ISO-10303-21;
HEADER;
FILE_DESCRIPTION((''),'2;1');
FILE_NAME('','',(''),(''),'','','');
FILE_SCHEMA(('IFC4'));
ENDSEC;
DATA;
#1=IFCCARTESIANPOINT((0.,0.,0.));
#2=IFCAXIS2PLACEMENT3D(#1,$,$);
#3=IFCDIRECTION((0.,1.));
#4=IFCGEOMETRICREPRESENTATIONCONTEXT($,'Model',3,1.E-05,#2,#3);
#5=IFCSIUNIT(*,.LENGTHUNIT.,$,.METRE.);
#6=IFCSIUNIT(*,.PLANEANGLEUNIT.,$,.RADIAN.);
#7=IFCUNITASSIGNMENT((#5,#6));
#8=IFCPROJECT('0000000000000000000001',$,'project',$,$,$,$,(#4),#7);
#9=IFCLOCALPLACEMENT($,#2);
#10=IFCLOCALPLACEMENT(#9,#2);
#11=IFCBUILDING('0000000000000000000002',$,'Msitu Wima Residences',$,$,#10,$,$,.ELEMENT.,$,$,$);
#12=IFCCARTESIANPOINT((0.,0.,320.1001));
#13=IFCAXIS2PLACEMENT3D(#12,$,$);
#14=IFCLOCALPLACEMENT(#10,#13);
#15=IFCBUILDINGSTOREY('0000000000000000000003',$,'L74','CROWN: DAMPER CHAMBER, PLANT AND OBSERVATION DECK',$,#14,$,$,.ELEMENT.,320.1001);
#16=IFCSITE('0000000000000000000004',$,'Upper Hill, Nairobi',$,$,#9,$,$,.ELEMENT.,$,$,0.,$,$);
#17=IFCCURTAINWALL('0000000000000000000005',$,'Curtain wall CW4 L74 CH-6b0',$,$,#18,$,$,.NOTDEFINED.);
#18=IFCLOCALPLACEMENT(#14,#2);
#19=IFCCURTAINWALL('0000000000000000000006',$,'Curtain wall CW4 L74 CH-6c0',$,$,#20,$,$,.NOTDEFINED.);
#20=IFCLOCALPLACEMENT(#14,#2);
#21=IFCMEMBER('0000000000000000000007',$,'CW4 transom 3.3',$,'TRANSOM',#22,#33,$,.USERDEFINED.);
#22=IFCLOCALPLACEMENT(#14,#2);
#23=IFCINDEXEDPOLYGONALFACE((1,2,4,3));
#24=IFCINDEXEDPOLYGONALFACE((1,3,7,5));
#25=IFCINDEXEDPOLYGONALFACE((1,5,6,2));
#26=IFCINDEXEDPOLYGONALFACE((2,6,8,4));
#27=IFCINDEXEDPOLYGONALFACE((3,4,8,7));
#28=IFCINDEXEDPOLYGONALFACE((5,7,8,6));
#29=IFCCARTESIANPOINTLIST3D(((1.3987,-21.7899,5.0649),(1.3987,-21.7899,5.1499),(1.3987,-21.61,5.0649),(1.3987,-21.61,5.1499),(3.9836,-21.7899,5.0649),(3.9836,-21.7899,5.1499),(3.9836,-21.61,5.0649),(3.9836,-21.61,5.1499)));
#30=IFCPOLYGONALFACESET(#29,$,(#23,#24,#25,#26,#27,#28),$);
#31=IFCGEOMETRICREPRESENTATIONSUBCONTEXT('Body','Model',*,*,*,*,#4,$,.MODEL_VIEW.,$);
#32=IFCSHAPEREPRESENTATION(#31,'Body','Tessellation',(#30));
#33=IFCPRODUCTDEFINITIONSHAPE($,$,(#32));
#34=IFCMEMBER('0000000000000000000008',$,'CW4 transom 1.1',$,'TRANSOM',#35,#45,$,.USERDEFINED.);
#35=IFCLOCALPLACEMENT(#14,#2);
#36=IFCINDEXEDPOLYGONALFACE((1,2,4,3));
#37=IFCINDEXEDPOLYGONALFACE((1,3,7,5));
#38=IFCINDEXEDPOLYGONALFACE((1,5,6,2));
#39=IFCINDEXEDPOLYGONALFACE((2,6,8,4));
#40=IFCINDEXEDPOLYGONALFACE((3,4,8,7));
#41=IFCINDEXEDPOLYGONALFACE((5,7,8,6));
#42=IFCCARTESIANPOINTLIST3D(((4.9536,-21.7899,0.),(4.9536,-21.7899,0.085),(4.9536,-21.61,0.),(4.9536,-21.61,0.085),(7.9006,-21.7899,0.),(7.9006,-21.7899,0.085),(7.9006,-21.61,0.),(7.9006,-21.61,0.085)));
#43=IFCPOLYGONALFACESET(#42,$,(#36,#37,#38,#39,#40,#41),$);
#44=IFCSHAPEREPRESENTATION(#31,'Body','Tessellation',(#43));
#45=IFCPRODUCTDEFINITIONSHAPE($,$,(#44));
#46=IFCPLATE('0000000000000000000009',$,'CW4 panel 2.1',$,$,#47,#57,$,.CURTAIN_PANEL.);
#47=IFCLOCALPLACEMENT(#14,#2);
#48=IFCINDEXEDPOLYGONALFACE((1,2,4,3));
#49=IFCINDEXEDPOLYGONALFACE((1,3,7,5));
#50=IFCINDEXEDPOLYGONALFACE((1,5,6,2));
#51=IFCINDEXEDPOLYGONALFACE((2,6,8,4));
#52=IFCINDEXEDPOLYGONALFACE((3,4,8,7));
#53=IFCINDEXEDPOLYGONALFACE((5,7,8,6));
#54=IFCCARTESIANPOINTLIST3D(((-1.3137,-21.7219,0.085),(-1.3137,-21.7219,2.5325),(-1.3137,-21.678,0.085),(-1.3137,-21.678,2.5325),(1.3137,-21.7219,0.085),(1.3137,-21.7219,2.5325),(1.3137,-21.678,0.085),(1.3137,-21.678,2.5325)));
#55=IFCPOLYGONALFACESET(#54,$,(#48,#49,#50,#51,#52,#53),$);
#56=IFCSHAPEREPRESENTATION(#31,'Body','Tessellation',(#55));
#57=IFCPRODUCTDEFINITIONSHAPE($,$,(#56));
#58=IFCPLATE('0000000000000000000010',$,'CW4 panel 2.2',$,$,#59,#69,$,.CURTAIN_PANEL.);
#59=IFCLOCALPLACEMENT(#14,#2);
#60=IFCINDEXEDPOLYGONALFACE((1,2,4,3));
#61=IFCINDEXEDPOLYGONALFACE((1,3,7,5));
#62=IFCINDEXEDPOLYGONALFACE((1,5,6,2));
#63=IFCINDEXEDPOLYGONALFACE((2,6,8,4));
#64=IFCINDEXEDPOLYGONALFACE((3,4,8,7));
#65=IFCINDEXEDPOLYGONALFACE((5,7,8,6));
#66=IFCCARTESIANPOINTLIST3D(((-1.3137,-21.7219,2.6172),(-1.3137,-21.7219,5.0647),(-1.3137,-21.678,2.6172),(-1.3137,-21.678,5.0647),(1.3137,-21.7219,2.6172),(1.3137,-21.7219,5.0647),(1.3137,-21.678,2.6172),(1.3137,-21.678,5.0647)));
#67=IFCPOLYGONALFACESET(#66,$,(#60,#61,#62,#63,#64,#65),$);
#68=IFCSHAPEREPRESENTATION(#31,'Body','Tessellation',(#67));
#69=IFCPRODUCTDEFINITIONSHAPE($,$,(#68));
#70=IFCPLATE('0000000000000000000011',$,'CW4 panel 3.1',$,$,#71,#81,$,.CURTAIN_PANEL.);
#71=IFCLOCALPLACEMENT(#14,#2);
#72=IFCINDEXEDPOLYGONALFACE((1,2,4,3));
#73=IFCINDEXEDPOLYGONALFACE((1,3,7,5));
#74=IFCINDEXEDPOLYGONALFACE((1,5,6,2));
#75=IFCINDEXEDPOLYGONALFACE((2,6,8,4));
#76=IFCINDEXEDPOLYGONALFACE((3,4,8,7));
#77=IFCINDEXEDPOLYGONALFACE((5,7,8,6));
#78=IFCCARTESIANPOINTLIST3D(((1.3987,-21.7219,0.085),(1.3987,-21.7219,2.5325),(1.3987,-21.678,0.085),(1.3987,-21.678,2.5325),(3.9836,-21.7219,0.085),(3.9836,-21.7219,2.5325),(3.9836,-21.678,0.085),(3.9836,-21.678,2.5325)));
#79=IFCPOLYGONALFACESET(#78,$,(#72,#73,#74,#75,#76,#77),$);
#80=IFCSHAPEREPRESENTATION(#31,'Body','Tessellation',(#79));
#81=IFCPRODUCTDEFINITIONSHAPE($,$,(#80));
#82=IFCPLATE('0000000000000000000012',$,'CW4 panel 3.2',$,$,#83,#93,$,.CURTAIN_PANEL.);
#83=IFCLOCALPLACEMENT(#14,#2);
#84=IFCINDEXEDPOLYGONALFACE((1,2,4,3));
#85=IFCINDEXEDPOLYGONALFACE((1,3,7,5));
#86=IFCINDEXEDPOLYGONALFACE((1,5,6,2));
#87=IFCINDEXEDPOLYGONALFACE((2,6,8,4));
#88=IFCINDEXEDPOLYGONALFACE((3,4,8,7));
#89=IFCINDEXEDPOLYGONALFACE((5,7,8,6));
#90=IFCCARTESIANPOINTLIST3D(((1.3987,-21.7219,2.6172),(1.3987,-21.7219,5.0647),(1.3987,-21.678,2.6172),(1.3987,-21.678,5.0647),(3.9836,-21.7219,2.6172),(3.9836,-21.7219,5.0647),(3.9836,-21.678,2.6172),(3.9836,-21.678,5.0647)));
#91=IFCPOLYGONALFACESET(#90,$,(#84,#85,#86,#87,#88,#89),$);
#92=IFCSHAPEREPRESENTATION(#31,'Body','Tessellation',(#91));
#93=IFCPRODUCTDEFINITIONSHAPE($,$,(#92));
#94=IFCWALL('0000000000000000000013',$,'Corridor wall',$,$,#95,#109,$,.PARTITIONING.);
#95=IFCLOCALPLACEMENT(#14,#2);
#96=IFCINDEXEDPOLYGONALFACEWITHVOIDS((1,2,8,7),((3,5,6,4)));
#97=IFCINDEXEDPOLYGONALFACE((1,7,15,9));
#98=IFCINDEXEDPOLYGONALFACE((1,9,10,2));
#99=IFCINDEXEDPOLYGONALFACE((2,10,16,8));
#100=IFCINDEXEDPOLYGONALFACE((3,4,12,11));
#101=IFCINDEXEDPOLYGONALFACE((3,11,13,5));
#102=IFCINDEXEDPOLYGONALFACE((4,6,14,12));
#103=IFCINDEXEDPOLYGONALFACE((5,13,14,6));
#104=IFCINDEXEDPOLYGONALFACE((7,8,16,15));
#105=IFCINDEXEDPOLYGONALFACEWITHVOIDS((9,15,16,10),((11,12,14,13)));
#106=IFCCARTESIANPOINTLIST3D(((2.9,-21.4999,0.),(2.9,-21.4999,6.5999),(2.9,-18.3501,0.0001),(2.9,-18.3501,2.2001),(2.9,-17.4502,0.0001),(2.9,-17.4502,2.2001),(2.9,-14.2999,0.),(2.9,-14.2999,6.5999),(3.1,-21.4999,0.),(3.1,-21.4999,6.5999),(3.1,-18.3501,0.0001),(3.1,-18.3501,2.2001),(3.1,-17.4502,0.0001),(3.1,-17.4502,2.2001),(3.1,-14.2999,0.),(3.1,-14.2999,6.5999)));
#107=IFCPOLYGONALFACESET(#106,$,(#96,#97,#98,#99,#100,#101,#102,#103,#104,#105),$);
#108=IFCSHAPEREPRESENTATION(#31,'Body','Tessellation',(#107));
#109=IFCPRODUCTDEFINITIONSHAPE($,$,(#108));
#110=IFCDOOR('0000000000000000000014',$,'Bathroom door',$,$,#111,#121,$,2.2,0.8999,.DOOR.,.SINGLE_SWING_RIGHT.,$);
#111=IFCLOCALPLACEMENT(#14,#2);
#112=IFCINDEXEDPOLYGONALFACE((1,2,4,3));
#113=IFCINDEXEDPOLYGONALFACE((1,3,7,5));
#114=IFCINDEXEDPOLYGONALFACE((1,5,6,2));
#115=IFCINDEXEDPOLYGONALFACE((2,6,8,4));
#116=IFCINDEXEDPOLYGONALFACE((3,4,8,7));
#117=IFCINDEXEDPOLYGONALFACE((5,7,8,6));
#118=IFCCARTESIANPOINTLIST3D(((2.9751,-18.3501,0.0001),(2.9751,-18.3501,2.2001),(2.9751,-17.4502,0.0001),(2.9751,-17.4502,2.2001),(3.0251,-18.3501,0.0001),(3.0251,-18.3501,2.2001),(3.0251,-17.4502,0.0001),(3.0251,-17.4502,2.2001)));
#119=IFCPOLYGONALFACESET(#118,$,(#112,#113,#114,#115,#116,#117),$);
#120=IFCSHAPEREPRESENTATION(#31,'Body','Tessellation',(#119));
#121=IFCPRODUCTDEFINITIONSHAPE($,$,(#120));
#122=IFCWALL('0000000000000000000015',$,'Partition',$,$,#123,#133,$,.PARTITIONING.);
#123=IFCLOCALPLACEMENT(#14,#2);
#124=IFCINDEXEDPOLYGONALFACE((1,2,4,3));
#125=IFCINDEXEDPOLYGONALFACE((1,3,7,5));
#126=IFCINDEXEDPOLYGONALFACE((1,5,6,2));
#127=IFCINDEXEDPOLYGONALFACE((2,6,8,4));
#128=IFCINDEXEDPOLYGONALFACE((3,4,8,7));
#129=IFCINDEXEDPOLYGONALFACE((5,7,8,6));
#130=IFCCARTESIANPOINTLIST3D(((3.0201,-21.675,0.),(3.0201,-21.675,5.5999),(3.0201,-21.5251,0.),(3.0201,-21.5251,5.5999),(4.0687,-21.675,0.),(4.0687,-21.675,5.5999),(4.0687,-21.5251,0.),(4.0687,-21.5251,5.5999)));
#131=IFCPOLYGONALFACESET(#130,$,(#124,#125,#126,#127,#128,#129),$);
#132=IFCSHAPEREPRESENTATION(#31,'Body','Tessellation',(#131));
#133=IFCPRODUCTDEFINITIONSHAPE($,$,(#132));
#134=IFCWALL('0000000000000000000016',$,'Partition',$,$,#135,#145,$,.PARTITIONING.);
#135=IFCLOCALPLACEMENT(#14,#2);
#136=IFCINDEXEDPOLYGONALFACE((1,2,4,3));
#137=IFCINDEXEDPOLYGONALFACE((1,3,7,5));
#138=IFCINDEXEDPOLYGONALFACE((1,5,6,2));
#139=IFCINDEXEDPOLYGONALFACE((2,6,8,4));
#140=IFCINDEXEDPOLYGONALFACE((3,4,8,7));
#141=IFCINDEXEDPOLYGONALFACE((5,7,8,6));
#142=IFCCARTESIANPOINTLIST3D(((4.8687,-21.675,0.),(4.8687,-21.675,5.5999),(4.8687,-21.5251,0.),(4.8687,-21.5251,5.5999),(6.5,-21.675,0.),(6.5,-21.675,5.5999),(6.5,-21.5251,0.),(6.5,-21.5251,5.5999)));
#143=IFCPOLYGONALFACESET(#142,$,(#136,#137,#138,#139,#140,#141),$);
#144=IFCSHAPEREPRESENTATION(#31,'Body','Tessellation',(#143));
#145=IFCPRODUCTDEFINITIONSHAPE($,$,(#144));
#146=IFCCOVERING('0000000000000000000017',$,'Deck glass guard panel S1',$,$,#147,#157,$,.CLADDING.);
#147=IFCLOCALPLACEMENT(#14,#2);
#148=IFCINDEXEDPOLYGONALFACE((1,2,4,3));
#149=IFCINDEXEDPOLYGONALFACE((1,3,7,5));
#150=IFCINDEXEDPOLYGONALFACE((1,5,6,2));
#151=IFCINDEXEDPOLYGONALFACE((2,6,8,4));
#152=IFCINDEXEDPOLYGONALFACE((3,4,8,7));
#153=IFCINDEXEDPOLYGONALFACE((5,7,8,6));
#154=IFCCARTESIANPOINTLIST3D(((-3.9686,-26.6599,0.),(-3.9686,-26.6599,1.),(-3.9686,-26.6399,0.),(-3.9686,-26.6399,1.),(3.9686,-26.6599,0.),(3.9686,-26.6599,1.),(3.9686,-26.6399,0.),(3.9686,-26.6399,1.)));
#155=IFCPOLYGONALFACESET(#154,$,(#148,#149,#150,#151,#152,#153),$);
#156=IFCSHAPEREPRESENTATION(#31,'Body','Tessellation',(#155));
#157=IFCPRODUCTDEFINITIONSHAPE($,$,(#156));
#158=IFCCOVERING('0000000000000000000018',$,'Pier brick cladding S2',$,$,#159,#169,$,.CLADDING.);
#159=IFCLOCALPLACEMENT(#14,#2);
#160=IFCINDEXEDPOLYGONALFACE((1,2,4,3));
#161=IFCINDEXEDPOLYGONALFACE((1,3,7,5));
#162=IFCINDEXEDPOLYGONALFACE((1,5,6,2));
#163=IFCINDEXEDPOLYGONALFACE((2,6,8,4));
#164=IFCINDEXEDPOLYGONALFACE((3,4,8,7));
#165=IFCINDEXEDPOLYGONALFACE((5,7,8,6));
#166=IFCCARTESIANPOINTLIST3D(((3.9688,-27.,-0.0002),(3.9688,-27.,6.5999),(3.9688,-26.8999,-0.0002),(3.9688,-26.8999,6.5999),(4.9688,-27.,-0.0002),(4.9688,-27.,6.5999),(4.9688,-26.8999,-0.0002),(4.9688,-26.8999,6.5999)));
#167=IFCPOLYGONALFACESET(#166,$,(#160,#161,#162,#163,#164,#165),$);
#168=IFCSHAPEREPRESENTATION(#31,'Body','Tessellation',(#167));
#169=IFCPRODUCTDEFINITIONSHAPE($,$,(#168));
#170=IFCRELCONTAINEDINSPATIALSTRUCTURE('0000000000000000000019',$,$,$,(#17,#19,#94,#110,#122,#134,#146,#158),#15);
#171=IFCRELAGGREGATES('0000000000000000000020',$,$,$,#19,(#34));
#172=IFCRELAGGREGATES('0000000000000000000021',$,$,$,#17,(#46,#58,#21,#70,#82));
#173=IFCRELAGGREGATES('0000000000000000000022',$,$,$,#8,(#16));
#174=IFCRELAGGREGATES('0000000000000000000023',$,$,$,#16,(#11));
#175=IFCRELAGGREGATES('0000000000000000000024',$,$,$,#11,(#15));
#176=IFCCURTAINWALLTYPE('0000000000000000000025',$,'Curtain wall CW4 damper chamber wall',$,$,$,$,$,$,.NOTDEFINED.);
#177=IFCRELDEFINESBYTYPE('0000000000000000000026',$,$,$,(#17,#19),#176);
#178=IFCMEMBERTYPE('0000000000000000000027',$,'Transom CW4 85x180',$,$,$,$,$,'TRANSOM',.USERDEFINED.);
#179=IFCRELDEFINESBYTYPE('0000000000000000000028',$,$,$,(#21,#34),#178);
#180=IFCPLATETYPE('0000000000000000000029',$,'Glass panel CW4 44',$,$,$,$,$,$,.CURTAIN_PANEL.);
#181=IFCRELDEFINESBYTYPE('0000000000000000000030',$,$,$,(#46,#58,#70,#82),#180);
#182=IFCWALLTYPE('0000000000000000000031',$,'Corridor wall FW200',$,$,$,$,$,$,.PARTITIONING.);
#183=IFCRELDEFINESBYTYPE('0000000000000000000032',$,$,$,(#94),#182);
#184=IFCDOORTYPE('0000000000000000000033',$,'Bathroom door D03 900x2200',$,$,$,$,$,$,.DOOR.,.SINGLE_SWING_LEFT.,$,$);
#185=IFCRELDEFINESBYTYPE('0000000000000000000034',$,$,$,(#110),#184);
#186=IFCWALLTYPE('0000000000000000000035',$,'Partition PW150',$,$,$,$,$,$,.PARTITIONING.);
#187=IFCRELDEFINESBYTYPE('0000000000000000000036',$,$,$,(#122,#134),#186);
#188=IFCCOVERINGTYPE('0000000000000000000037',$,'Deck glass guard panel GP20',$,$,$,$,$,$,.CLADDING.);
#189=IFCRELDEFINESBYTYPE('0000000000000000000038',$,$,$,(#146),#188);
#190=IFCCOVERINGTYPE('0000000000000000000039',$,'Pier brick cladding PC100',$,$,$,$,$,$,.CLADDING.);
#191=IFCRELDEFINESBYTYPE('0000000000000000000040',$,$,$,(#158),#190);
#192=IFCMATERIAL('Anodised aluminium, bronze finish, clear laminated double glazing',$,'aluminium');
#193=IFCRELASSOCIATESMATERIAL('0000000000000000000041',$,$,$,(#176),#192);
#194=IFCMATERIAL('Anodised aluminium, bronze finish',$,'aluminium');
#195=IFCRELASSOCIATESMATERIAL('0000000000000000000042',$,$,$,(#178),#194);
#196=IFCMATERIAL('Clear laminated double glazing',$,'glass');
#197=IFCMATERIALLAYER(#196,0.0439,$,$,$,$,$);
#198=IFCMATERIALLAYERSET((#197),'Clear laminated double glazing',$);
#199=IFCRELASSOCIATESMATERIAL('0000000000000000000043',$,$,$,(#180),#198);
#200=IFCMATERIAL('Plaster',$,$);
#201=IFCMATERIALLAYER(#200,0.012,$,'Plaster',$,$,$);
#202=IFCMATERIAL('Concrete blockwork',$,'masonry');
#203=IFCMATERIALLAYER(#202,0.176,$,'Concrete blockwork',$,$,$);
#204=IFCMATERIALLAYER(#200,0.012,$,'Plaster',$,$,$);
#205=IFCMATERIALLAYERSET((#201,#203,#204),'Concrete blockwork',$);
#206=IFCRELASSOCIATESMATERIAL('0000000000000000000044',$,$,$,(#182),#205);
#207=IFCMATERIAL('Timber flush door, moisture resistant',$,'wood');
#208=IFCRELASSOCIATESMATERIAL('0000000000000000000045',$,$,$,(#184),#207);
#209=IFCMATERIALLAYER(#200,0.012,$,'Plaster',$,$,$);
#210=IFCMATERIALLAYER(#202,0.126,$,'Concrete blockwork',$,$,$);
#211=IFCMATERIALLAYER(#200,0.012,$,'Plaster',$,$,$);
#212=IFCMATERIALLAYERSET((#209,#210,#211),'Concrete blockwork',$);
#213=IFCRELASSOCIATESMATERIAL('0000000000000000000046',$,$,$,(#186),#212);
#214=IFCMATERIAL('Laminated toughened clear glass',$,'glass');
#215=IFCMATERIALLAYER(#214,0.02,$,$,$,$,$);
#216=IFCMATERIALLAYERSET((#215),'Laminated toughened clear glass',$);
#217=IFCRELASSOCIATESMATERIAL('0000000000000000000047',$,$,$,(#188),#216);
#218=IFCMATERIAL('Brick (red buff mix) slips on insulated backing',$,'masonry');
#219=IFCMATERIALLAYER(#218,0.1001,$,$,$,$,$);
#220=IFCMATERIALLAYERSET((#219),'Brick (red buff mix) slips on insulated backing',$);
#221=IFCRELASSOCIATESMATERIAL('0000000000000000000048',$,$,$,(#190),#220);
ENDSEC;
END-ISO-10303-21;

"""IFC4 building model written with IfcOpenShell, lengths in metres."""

from ifc_helpers import new_model, si_unit, direction, frame, frame_2d, origin, origin_2d, place, context, subcontext, project, spatial, rectangle, extrude, material, layer, layer_set, material_profile, profile_set, type_object, element, fill, aggregate, save


model = new_model("IFC4")

# Units and contexts
model_context = context("Model", 3, precision=1e-05, world=origin(), true_north=direction((0.0, 1.0)))
body_context = subcontext(model_context, "Body", "Model", "MODEL_VIEW")
ifc_project = project(units=[si_unit("LENGTHUNIT", "METRE"), si_unit("PLANEANGLEUNIT", "RADIAN")], contexts=[model_context])

# Site, building, storey
site_placement = place(None, origin())
site = spatial("IfcSite", under=ifc_project, at=site_placement, Name="Upper Hill, Nairobi", CompositionType="ELEMENT", RefElevation=0.0)
building_placement = place(site_placement, origin())
building = spatial("IfcBuilding", under=site, at=building_placement, Name="Msitu Wima Residences", CompositionType="ELEMENT")
storey_placement = place(building_placement, frame((0.0, 0.0, 320.1001)))
storey = spatial("IfcBuildingStorey", under=building, at=storey_placement, Name="L74", Description="CROWN: DAMPER CHAMBER, PLANT AND OBSERVATION DECK", CompositionType="ELEMENT", Elevation=320.1001)

# Curtain wall
ifc_material_1 = material(Name="Anodised aluminium, bronze finish, clear laminated double glazing", Category="aluminium")
curtain_wall_type = type_object("IfcCurtainWallType", Name="Curtain wall CW4 damper chamber wall", PredefinedType="NOTDEFINED", material=ifc_material_1)
curtain_wall_1_placement = place(storey_placement, origin())
curtain_wall_1 = element("IfcCurtainWall", 1, at=curtain_wall_1_placement, inside=storey, type_object=curtain_wall_type, Name="Curtain wall CW4 L74 CH-6b0", PredefinedType="NOTDEFINED")
ifc_material_2 = material(Name="Anodised aluminium, bronze finish", Category="aluminium")

# Curtain wall
curtain_wall_2_placement = place(storey_placement, origin())
curtain_wall_2 = element("IfcCurtainWall", 2, at=curtain_wall_2_placement, inside=storey, type_object=curtain_wall_type, Name="Curtain wall CW4 L74 CH-6c0", PredefinedType="NOTDEFINED")

# Members
ifc_material_profile_1 = material_profile(ifc_material_2, rectangle(XDim=0.1799, YDim=0.085, at=origin_2d()), Name="Transom 85x180")
ifc_profile_set_1 = profile_set([ifc_material_profile_1], Name="Anodised aluminium, bronze finish")
member_type_1 = type_object("IfcMemberType", Name="Transom CW4 85x180", ElementType="TRANSOM", PredefinedType="USERDEFINED", material=ifc_profile_set_1)
member_1_placement = place(storey_placement, frame((1.3987, -21.7, 5.1074), z_axis=(1.0, 0.0, 0.0), x_axis=(0.0, 1.0, 0.0)))
member_1 = element("IfcMember", 3, at=member_1_placement, type_object=member_type_1, Name="CW4 transom 3.3", ObjectType="TRANSOM", PredefinedType="USERDEFINED", context=body_context, shape_type="SweptSolid", body=[
    extrude(rectangle(XDim=0.1799, YDim=0.085, at=origin_2d()), origin(), (0.0, 0.0, 1.0), 2.585),
])
member_2_placement = place(storey_placement, frame((4.9536, -21.7, 0.0425), z_axis=(1.0, 0.0, 0.0), x_axis=(0.0, 1.0, 0.0)))
member_2 = element("IfcMember", 4, at=member_2_placement, type_object=member_type_1, Name="CW4 transom 1.1", ObjectType="TRANSOM", PredefinedType="USERDEFINED", context=body_context, shape_type="SweptSolid", body=[
    extrude(rectangle(XDim=0.1799, YDim=0.085, at=origin_2d()), origin(), (0.0, 0.0, 1.0), 2.947),
])
aggregate(curtain_wall_2, [member_2])

# Plates
ifc_material_3 = material(Name="Clear laminated double glazing", Category="glass")
ifc_layer_1 = layer(ifc_material_3, 0.0439)
ifc_layer_set_1 = layer_set([ifc_layer_1], Name="Clear laminated double glazing")
plate_type = type_object("IfcPlateType", Name="Glass panel CW4 44", PredefinedType="CURTAIN_PANEL", material=ifc_layer_set_1)
plate_1_placement = place(storey_placement, frame((0.0, -21.7, 0.085), z_axis=(0.0, 0.0, 1.0), x_axis=(1.0, 0.0, 0.0)))
plate_1 = element("IfcPlate", 5, at=plate_1_placement, type_object=plate_type, Name="CW4 panel 2.1", PredefinedType="CURTAIN_PANEL", context=body_context, shape_type="SweptSolid", body=[
    extrude(rectangle(XDim=2.6274, YDim=0.0439, at=origin_2d()), origin(), (0.0, 0.0, 1.0), 2.4475),
])
plate_2_placement = place(storey_placement, frame((0.0, -21.7, 2.6172), z_axis=(0.0, 0.0, 1.0), x_axis=(1.0, 0.0, 0.0)))
plate_2 = element("IfcPlate", 6, at=plate_2_placement, type_object=plate_type, Name="CW4 panel 2.2", PredefinedType="CURTAIN_PANEL", context=body_context, shape_type="SweptSolid", body=[
    extrude(rectangle(XDim=2.6274, YDim=0.0439, at=origin_2d()), origin(), (0.0, 0.0, 1.0), 2.4475),
])
plate_3_placement = place(storey_placement, frame((2.6912, -21.7, 0.085), z_axis=(0.0, 0.0, 1.0), x_axis=(1.0, 0.0, 0.0)))
plate_3 = element("IfcPlate", 7, at=plate_3_placement, type_object=plate_type, Name="CW4 panel 3.1", PredefinedType="CURTAIN_PANEL", context=body_context, shape_type="SweptSolid", body=[
    extrude(rectangle(XDim=2.585, YDim=0.0439, at=origin_2d()), origin(), (0.0, 0.0, 1.0), 2.4475),
])
plate_4_placement = place(storey_placement, frame((2.6912, -21.7, 2.6172), z_axis=(0.0, 0.0, 1.0), x_axis=(1.0, 0.0, 0.0)))
plate_4 = element("IfcPlate", 8, at=plate_4_placement, type_object=plate_type, Name="CW4 panel 3.2", PredefinedType="CURTAIN_PANEL", context=body_context, shape_type="SweptSolid", body=[
    extrude(rectangle(XDim=2.585, YDim=0.0439, at=origin_2d()), origin(), (0.0, 0.0, 1.0), 2.4475),
])
aggregate(curtain_wall_1, [plate_1, plate_2, member_1, plate_3, plate_4])

# Wall, opening, door
ifc_material_4 = material(Name="Plaster")
ifc_layer_2 = layer(ifc_material_4, 0.012, Name="Plaster")
ifc_material_5 = material(Name="Concrete blockwork", Category="masonry")
ifc_layer_3 = layer(ifc_material_5, 0.176, Name="Concrete blockwork")
ifc_layer_4 = layer(ifc_material_4, 0.012, Name="Plaster")
ifc_layer_set_2 = layer_set([ifc_layer_2, ifc_layer_3, ifc_layer_4], Name="Concrete blockwork")
wall_type_1 = type_object("IfcWallType", Name="Corridor wall FW200", PredefinedType="PARTITIONING", material=ifc_layer_set_2)
wall_1_placement = place(storey_placement, frame((3.0, -21.5, 0.0), z_axis=(0.0, 0.0, 1.0), x_axis=(0.0, 1.0, 0.0)))
wall_1 = element("IfcWall", 9, at=wall_1_placement, inside=storey, type_object=wall_type_1, Name="Corridor wall", PredefinedType="PARTITIONING", context=body_context, shape_type="SweptSolid", body=[
    extrude(rectangle(XDim=7.2, YDim=0.2, at=frame_2d((3.6001, 0.0))), origin(), (0.0, 0.0, 1.0), 6.5999),
])
opening_placement = place(wall_1_placement, frame((3.1499, 0.0, 0.0)))
opening = element("IfcOpeningElement", 10, at=opening_placement, cuts=wall_1, PredefinedType="OPENING", context=body_context, shape_type="SweptSolid", body=[
    extrude(rectangle(XDim=0.8999, YDim=2.2, at=frame_2d((0.45, 1.1001))), frame((0.0, 0.1099, 0.0), z_axis=(0.0, -1.0, 0.0), x_axis=(1.0, 0.0, 0.0)), (0.0, 0.0, 1.0), 0.22),
])
ifc_material_6 = material(Name="Timber flush door, moisture resistant", Category="wood")
door_type = type_object("IfcDoorType", Name="Bathroom door D03 900x2200", OperationType="SINGLE_SWING_LEFT", PredefinedType="DOOR", material=ifc_material_6)
door_placement = place(opening_placement, origin())
door = element("IfcDoor", 11, at=door_placement, inside=storey, type_object=door_type, Name="Bathroom door", OperationType="SINGLE_SWING_RIGHT", OverallHeight=2.2, OverallWidth=0.8999, PredefinedType="DOOR", context=body_context, shape_type="SweptSolid", body=[
    extrude(rectangle(XDim=0.8999, YDim=2.2, at=frame_2d((0.45, 1.1001))), frame((0.0, 0.0249, 0.0), z_axis=(0.0, -1.0, 0.0), x_axis=(1.0, 0.0, 0.0)), (0.0, 0.0, 1.0), 0.05),
])
fill(opening, door)

# Walls
ifc_layer_5 = layer(ifc_material_4, 0.012, Name="Plaster")
ifc_layer_6 = layer(ifc_material_5, 0.126, Name="Concrete blockwork")
ifc_layer_7 = layer(ifc_material_4, 0.012, Name="Plaster")
ifc_layer_set_3 = layer_set([ifc_layer_5, ifc_layer_6, ifc_layer_7], Name="Concrete blockwork")
wall_type_2 = type_object("IfcWallType", Name="Partition PW150", PredefinedType="PARTITIONING", material=ifc_layer_set_3)
wall_2_placement = place(storey_placement, frame((3.02, -21.6001, 0.0), z_axis=(0.0, 0.0, 1.0), x_axis=(1.0, 0.0, 0.0)))
element("IfcWall", 12, at=wall_2_placement, inside=storey, type_object=wall_type_2, Name="Partition", PredefinedType="PARTITIONING", context=body_context, shape_type="SweptSolid", body=[
    extrude(rectangle(XDim=1.0486, YDim=0.1499, at=frame_2d((0.5244, 0.0))), origin(), (0.0, 0.0, 1.0), 5.5999),
])
wall_3_placement = place(storey_placement, frame((4.8687, -21.6001, 0.0), z_axis=(0.0, 0.0, 1.0), x_axis=(1.0, 0.0, 0.0)))
element("IfcWall", 13, at=wall_3_placement, inside=storey, type_object=wall_type_2, Name="Partition", PredefinedType="PARTITIONING", context=body_context, shape_type="SweptSolid", body=[
    extrude(rectangle(XDim=1.6313, YDim=0.1499, at=frame_2d((0.8157, 0.0))), origin(), (0.0, 0.0, 1.0), 5.5999),
])

# Coverings
ifc_material_7 = material(Name="Laminated toughened clear glass", Category="glass")
ifc_layer_8 = layer(ifc_material_7, 0.02)
ifc_layer_set_4 = layer_set([ifc_layer_8], Name="Laminated toughened clear glass")
covering_type_1 = type_object("IfcCoveringType", Name="Deck glass guard panel GP20", PredefinedType="CLADDING", material=ifc_layer_set_4)
covering_1_placement = place(storey_placement, frame((0.0, -26.6499, 0.0), z_axis=(0.0, 0.0, 1.0), x_axis=(1.0, 0.0, 0.0)))
element("IfcCovering", 14, at=covering_1_placement, inside=storey, type_object=covering_type_1, Name="Deck glass guard panel S1", PredefinedType="CLADDING", context=body_context, shape_type="SweptSolid", body=[
    extrude(rectangle(XDim=7.9373, YDim=0.02, at=origin_2d()), origin(), (0.0, 0.0, 1.0), 1.0),
])
ifc_material_8 = material(Name="Brick (red buff mix) slips on insulated backing", Category="masonry")
ifc_layer_9 = layer(ifc_material_8, 0.1001)
ifc_layer_set_5 = layer_set([ifc_layer_9], Name="Brick (red buff mix) slips on insulated backing")
covering_type_2 = type_object("IfcCoveringType", Name="Pier brick cladding PC100", PredefinedType="CLADDING", material=ifc_layer_set_5)
covering_2_placement = place(storey_placement, frame((4.4688, -26.95, -0.0002), z_axis=(0.0, 0.0, 1.0), x_axis=(1.0, 0.0, 0.0)))
element("IfcCovering", 15, at=covering_2_placement, inside=storey, type_object=covering_type_2, Name="Pier brick cladding S2", PredefinedType="CLADDING", context=body_context, shape_type="SweptSolid", body=[
    extrude(rectangle(XDim=1.0, YDim=0.1001, at=origin_2d()), origin(), (0.0, 0.0, 1.0), 6.6001),
])

save(model, "model.ifc")
